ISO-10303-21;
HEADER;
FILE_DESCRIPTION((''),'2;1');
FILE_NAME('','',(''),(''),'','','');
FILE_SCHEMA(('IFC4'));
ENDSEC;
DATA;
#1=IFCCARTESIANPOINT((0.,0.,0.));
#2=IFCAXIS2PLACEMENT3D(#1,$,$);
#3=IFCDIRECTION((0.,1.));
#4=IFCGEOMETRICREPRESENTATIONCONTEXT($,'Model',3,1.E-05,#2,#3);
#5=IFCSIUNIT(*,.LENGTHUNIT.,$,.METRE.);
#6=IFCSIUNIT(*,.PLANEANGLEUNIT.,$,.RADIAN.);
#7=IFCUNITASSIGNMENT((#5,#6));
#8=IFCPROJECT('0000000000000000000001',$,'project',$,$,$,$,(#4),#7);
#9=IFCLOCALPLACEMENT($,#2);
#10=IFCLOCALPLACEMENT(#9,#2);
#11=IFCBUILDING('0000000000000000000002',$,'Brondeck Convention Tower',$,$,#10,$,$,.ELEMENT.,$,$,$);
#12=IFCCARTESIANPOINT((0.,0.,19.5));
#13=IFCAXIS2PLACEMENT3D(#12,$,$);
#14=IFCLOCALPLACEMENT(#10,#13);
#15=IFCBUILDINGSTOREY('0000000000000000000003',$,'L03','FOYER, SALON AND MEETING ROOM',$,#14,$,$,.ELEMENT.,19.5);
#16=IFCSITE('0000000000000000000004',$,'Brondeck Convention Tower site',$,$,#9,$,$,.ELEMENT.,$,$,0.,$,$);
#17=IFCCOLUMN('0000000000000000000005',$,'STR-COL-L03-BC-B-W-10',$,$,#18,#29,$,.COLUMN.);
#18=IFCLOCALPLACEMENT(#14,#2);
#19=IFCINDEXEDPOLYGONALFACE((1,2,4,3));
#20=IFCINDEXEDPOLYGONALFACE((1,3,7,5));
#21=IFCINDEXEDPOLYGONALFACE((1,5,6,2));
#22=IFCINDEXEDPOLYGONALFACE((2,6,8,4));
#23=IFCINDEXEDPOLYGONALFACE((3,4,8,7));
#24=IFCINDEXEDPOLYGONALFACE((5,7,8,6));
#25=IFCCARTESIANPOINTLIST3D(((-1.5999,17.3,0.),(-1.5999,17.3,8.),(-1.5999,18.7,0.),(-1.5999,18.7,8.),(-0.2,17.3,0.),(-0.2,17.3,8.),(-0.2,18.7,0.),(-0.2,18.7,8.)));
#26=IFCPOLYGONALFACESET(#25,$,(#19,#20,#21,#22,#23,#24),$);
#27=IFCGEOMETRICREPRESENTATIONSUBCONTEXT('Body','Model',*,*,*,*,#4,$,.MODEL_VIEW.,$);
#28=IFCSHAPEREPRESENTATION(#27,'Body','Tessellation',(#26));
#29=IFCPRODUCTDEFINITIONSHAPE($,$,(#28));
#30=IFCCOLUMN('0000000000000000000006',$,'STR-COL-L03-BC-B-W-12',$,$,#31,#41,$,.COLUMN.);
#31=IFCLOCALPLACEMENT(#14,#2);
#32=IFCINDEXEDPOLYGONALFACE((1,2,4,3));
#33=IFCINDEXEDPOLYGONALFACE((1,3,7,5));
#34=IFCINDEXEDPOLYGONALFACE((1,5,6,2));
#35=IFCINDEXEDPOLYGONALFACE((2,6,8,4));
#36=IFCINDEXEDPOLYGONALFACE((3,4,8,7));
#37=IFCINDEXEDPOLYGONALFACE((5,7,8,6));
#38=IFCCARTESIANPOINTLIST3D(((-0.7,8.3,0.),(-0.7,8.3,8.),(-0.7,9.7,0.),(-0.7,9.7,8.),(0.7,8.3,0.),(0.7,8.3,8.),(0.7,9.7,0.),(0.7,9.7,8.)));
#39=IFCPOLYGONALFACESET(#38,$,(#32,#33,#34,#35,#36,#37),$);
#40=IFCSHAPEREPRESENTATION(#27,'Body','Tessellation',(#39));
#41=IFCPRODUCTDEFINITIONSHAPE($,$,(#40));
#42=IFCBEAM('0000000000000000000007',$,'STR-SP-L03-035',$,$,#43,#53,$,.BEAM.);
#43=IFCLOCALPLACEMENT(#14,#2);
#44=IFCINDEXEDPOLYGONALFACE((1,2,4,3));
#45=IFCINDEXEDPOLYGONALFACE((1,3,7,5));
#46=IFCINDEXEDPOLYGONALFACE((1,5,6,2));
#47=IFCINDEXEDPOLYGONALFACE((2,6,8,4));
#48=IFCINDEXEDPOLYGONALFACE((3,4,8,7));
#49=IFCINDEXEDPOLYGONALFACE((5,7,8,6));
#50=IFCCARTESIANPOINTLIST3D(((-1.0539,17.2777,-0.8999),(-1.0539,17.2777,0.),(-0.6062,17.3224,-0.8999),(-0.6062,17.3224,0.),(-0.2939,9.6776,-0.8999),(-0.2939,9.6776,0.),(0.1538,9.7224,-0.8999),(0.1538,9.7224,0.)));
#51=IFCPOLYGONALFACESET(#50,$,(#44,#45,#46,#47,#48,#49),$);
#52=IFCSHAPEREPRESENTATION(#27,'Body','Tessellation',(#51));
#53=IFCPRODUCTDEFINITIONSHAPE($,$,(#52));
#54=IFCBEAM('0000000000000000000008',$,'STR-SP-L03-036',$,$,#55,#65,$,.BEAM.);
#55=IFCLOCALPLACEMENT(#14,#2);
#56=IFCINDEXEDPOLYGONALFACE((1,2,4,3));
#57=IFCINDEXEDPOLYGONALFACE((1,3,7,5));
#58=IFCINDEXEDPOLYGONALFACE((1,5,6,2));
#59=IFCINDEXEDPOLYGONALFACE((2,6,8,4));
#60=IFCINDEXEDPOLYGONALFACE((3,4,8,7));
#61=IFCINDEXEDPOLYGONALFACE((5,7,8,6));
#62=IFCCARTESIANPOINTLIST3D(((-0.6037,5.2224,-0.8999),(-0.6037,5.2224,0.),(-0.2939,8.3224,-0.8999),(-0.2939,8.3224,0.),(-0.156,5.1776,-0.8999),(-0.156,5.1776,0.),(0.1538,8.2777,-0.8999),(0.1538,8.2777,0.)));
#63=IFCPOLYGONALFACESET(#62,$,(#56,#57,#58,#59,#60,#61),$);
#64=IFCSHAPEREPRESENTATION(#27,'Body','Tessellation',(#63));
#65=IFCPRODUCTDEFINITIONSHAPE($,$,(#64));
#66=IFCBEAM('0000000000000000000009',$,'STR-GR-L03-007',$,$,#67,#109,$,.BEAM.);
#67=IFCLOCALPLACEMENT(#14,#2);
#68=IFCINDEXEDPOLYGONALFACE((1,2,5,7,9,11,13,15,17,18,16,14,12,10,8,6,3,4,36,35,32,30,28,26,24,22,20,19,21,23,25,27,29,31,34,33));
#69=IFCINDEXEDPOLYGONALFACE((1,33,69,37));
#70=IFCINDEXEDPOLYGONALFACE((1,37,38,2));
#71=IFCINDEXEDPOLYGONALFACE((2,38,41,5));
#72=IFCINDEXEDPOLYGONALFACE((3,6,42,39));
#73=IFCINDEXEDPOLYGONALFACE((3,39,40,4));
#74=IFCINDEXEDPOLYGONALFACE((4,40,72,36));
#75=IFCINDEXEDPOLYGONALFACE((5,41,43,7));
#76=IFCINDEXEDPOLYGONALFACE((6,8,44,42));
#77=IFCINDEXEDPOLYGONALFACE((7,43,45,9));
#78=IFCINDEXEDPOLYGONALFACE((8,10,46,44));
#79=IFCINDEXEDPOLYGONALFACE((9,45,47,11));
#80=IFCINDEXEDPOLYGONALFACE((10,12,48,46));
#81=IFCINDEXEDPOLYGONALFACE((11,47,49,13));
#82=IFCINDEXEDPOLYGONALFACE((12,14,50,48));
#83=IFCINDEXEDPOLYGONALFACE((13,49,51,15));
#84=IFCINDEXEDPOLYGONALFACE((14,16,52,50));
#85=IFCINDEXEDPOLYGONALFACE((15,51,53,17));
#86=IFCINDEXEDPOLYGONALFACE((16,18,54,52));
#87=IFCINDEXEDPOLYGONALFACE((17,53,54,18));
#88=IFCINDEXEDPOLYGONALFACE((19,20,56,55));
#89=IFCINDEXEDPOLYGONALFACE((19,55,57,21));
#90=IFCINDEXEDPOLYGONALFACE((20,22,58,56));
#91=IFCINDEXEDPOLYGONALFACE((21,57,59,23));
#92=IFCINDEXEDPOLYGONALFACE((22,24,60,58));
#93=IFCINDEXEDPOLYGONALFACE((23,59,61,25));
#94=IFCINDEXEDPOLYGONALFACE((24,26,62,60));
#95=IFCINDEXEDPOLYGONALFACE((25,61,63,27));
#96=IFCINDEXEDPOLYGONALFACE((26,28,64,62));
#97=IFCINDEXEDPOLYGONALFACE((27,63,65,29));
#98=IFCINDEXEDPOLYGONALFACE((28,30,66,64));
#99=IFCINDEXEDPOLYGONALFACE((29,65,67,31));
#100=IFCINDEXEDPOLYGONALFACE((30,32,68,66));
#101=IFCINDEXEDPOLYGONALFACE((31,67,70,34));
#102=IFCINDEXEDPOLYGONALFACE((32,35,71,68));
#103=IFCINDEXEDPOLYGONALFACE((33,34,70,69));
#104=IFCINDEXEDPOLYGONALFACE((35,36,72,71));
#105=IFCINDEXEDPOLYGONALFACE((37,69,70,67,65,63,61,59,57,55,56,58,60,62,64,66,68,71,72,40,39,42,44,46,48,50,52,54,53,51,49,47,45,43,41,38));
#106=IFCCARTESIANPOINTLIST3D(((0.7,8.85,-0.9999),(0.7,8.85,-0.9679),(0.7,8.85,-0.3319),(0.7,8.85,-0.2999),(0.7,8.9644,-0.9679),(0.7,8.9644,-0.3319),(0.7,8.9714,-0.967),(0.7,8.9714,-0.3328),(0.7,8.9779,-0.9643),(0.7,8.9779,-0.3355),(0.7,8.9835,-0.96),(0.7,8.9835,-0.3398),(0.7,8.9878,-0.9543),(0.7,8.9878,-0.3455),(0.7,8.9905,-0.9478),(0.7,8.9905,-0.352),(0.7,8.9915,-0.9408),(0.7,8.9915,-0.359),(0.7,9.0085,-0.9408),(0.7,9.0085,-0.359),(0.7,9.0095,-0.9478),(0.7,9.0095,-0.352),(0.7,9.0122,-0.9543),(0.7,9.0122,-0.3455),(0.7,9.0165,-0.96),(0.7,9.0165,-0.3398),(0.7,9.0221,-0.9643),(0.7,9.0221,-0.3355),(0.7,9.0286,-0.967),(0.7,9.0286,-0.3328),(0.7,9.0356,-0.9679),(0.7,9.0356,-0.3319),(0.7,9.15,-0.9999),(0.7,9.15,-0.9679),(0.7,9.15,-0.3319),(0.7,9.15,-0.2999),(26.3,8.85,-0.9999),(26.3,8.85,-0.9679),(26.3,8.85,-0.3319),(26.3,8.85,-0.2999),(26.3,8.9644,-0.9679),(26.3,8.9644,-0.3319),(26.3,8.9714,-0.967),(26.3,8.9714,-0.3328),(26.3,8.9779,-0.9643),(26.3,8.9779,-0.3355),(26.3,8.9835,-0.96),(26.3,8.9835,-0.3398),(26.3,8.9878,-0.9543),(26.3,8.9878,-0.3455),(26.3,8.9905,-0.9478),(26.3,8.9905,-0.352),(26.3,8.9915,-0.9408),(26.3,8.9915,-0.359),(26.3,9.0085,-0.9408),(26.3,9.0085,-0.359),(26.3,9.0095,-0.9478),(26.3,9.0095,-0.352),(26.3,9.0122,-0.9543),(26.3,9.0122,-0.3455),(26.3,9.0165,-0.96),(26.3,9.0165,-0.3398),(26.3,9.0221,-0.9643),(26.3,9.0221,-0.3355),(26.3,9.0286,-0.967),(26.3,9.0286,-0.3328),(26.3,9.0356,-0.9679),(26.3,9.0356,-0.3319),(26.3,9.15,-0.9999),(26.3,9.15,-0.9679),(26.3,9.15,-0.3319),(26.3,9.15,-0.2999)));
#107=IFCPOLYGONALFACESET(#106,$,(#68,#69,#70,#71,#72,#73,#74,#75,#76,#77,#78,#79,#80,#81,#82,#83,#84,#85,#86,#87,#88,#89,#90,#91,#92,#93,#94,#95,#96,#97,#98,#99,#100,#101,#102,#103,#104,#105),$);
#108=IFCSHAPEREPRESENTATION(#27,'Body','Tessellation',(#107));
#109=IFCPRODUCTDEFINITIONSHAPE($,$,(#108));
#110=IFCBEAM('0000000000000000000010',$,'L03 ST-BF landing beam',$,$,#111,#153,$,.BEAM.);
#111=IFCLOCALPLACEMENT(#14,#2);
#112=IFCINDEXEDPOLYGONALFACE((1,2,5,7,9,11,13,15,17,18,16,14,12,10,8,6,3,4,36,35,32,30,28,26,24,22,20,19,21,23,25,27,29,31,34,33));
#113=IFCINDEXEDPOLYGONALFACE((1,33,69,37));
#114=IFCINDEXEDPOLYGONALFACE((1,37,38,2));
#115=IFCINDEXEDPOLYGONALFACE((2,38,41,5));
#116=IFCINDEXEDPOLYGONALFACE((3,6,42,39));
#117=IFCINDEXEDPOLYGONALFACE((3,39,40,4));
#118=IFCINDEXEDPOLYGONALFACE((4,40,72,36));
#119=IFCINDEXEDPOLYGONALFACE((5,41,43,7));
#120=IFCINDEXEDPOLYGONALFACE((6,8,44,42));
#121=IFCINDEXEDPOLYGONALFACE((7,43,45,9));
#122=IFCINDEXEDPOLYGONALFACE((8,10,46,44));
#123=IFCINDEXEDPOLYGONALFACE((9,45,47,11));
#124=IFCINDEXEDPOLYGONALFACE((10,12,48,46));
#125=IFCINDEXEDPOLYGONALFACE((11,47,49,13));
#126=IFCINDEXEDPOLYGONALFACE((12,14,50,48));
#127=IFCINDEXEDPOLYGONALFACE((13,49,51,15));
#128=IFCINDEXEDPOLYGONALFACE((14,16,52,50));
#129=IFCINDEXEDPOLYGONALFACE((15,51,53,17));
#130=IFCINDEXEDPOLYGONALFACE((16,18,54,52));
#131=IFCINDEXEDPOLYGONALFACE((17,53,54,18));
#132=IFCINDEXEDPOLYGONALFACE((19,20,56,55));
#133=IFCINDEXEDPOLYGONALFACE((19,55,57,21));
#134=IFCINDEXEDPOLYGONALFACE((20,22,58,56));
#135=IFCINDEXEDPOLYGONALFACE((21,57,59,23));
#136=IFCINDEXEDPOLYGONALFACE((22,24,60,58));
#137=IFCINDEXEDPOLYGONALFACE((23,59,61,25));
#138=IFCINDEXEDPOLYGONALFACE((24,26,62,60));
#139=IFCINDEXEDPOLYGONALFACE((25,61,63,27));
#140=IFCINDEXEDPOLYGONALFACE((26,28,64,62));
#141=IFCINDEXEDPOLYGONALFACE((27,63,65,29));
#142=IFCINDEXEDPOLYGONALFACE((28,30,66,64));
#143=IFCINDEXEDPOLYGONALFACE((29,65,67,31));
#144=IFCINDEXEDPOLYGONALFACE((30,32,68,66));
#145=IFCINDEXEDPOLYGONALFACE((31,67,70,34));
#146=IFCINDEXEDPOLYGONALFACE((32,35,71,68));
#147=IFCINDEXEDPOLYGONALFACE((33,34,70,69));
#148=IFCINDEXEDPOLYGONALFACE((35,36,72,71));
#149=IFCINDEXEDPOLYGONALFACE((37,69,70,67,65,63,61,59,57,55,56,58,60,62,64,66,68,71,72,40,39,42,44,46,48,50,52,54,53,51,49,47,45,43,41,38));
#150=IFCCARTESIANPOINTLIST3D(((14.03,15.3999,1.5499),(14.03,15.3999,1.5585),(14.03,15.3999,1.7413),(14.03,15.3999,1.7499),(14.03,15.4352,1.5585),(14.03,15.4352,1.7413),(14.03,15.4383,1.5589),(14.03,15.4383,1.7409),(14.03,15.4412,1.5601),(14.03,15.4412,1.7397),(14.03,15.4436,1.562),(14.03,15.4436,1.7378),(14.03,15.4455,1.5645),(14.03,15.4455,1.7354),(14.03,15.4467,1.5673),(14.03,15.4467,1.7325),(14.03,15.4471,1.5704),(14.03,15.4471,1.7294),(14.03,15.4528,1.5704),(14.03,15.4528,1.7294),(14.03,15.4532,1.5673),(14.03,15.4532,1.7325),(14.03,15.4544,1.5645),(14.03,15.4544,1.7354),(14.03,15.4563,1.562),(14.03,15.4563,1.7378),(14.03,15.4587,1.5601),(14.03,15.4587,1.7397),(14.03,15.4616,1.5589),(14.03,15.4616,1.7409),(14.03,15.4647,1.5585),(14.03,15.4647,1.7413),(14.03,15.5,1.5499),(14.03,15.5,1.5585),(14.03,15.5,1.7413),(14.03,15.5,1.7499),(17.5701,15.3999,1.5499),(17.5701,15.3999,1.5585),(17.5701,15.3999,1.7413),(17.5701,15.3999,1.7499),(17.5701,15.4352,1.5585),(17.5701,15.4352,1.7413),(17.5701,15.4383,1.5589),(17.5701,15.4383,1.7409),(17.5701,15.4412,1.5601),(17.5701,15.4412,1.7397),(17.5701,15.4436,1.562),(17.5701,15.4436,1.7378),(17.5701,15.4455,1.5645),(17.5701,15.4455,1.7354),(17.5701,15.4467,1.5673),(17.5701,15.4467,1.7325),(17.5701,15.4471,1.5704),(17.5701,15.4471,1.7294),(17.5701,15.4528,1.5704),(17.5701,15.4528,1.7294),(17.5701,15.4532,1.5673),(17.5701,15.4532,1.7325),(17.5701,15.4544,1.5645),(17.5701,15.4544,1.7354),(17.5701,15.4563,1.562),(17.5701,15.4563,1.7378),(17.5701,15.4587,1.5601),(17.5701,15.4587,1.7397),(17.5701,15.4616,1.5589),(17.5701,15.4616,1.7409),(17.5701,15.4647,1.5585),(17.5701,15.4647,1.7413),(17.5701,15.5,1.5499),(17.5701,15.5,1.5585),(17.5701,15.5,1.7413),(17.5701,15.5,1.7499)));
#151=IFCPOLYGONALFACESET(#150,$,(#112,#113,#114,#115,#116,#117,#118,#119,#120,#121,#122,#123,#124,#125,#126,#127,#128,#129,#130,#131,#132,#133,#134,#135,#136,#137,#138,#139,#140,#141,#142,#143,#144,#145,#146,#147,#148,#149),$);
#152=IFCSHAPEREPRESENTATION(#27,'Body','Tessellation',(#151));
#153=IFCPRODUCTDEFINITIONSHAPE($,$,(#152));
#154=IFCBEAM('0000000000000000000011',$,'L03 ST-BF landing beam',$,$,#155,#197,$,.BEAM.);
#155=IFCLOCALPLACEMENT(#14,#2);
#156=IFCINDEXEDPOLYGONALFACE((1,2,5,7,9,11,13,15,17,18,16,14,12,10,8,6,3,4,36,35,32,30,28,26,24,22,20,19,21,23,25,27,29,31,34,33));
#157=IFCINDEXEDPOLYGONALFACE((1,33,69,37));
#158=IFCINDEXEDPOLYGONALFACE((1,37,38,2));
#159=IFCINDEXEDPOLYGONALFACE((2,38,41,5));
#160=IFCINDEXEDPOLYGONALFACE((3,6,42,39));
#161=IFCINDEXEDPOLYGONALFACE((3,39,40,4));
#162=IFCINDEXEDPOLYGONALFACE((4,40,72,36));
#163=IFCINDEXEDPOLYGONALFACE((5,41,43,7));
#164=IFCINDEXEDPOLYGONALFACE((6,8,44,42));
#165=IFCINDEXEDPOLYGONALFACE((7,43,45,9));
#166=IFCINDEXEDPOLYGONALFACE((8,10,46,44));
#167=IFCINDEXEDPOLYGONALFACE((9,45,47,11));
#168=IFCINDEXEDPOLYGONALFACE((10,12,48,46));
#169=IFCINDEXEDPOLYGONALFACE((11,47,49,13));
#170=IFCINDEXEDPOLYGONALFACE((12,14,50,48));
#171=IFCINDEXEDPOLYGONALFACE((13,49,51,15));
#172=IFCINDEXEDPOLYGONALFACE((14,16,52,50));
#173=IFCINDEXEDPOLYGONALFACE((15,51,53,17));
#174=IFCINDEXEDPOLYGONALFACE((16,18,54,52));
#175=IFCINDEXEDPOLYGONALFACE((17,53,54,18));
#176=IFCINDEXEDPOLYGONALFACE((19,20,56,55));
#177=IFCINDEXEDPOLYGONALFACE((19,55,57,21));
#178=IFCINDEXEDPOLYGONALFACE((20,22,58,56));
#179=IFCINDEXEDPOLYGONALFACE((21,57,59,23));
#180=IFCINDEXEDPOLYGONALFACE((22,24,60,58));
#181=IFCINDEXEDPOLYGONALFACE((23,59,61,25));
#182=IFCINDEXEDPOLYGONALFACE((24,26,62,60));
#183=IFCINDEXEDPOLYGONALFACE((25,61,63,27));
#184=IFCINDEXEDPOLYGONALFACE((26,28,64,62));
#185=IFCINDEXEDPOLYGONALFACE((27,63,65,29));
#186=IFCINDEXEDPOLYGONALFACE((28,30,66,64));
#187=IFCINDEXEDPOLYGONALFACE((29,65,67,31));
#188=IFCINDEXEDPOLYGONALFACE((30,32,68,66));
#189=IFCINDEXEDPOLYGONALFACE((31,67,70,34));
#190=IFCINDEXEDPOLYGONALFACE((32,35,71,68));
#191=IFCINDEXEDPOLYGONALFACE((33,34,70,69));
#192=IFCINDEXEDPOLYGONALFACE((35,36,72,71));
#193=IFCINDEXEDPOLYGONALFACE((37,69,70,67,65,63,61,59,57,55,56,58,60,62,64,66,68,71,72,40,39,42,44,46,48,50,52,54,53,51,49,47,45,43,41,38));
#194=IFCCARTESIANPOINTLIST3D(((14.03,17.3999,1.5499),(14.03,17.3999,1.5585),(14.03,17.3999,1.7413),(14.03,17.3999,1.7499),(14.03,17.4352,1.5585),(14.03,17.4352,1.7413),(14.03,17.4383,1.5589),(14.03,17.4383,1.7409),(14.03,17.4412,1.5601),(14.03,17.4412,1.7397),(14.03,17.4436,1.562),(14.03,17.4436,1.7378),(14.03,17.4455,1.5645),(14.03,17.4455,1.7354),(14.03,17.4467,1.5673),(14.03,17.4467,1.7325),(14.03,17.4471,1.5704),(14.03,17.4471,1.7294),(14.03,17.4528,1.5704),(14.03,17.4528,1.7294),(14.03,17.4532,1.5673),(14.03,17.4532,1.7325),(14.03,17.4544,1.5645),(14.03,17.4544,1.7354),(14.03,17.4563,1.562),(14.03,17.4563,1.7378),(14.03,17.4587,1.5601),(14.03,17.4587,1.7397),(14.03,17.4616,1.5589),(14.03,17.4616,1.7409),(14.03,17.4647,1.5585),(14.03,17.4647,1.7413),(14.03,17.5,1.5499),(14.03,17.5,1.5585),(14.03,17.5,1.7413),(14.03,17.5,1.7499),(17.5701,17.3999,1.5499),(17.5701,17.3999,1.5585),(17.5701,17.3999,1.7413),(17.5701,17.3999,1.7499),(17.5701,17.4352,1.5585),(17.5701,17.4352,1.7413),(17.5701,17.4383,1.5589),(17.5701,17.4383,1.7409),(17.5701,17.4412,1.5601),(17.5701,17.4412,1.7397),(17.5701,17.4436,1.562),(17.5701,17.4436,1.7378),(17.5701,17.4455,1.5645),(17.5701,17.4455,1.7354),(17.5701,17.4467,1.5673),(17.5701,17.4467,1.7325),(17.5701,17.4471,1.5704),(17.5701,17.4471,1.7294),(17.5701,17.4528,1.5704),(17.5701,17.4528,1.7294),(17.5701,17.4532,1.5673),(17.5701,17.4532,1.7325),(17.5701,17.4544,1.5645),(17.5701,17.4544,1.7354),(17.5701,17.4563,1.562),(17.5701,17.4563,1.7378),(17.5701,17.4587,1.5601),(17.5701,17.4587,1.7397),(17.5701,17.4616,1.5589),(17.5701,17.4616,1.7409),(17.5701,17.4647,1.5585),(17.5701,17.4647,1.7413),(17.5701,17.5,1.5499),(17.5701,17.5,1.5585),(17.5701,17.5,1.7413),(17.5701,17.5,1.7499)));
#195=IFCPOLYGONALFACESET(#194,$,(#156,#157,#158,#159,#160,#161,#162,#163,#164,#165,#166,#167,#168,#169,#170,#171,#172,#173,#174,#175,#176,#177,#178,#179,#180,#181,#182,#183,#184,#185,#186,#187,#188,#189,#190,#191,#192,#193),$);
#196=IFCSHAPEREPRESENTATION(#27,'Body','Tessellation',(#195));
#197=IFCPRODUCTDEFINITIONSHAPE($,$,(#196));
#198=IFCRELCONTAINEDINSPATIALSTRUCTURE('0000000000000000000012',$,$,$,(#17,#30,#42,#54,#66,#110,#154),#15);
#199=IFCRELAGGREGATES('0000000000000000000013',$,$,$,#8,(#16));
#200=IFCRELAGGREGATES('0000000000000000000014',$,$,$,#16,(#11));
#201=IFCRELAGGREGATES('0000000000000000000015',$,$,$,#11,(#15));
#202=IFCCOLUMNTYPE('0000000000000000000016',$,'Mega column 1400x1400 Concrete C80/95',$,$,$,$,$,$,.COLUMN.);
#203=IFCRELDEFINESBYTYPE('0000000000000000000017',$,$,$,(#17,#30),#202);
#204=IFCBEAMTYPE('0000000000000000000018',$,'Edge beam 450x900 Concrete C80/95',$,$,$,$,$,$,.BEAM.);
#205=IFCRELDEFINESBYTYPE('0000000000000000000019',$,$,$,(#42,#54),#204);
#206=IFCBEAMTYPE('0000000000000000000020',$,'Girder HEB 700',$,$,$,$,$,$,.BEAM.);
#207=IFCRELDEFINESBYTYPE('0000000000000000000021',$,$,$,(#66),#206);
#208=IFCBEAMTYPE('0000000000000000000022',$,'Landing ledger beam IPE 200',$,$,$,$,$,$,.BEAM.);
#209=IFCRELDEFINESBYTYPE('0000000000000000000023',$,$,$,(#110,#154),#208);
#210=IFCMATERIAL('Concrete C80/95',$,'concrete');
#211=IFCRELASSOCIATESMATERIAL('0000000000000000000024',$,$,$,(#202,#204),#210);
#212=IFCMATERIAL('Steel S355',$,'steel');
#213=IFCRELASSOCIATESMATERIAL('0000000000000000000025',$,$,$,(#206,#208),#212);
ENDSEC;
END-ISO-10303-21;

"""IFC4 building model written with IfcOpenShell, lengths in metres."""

from ifc_helpers import new_model, si_unit, direction, frame, origin, origin_2d, place, context, subcontext, project, spatial, rectangle, i_section, extrude, material, material_profile, profile_set, type_object, element, save


model = new_model("IFC4")

# Units and contexts
model_context = context("Model", 3, precision=1e-05, world=origin(), true_north=direction((0.0, 1.0)))
body_context = subcontext(model_context, "Body", "Model", "MODEL_VIEW")
ifc_project = project(units=[si_unit("LENGTHUNIT", "METRE"), si_unit("PLANEANGLEUNIT", "RADIAN")], contexts=[model_context])

# Site, building, storey
site_placement = place(None, origin())
site = spatial("IfcSite", under=ifc_project, at=site_placement, Name="Brondeck Convention Tower site", CompositionType="ELEMENT", RefElevation=0.0)
building_placement = place(site_placement, origin())
building = spatial("IfcBuilding", under=site, at=building_placement, Name="Brondeck Convention Tower", CompositionType="ELEMENT")
storey_placement = place(building_placement, frame((0.0, 0.0, 19.5)))
storey = spatial("IfcBuildingStorey", under=building, at=storey_placement, Name="L03", Description="FOYER, SALON AND MEETING ROOM", CompositionType="ELEMENT", Elevation=19.5)

# Columns
ifc_material_1 = material(Name="Concrete C80/95", Category="concrete")
ifc_material_profile_1 = material_profile(ifc_material_1, rectangle(XDim=1.3999, YDim=1.3999, at=origin_2d()), Name="Mega column 1400x1400 Concrete C80/95")
ifc_profile_set_1 = profile_set([ifc_material_profile_1], Name="Concrete C80/95")
column_type = type_object("IfcColumnType", Name="Mega column 1400x1400 Concrete C80/95", PredefinedType="COLUMN", material=ifc_profile_set_1)
for number, where, z_axis, x_axis, name in (
    (1, (-0.8999, 18.0, 0.0), (0.0, 0.0, 1.0), (1.0, 0.0, 0.0), "STR-COL-L03-BC-B-W-10"),
    (2, (0.0, 9.0, 0.0), (0.0, 0.0, 1.0), (1.0, 0.0, 0.0), "STR-COL-L03-BC-B-W-12"),
):
    element("IfcColumn", number, at=place(storey_placement, frame(where, z_axis=z_axis, x_axis=x_axis)), inside=storey, type_object=column_type, Name=name, PredefinedType="COLUMN", context=body_context, shape_type="SweptSolid", body=[
        extrude(rectangle(XDim=1.3999, YDim=1.3999, at=origin_2d()), origin(), (0.0, 0.0, 1.0), 8.0),
    ])

# Beams
ifc_material_profile_2 = material_profile(ifc_material_1, rectangle(XDim=0.45, YDim=0.8999, at=origin_2d()), Name="Edge beam 450x900 Concrete C80/95")
ifc_profile_set_2 = profile_set([ifc_material_profile_2], Name="Concrete C80/95")
beam_type_1 = type_object("IfcBeamType", Name="Edge beam 450x900 Concrete C80/95", PredefinedType="BEAM", material=ifc_profile_set_2)
beam_1_placement = place(storey_placement, frame((-0.8301, 17.3, -0.45), z_axis=(0.099504, -0.995037, 0.0), x_axis=(0.995037, 0.099504, 0.0)))
element("IfcBeam", 3, at=beam_1_placement, inside=storey, type_object=beam_type_1, Name="STR-SP-L03-035", PredefinedType="BEAM", context=body_context, shape_type="SweptSolid", body=[
    extrude(rectangle(XDim=0.45, YDim=0.8999, at=origin_2d()), origin(), (0.0, 0.0, 1.0), 7.6379),
])
beam_2_placement = place(storey_placement, frame((-0.0701, 8.3, -0.45), z_axis=(-0.099442, -0.995043, 0.0), x_axis=(0.995043, -0.099442, 0.0)))
element("IfcBeam", 4, at=beam_2_placement, inside=storey, type_object=beam_type_1, Name="STR-SP-L03-036", PredefinedType="BEAM", context=body_context, shape_type="SweptSolid", body=[
    extrude(rectangle(XDim=0.45, YDim=0.8999, at=origin_2d()), origin(), (0.0, 0.0, 1.0), 3.1155),
])
ifc_material_2 = material(Name="Steel S355", Category="steel")
ifc_material_profile_3 = material_profile(ifc_material_2, i_section(OverallWidth=0.3, OverallDepth=0.7, WebThickness=0.0171, FlangeThickness=0.032, FilletRadius=0.0271, at=origin_2d()), Name="HEB 700")
ifc_profile_set_3 = profile_set([ifc_material_profile_3], Name="Steel S355")
beam_type_2 = type_object("IfcBeamType", Name="Girder HEB 700", PredefinedType="BEAM", material=ifc_profile_set_3)
beam_3_placement = place(storey_placement, frame((0.7, 9.0, -0.6499), z_axis=(1.0, 0.0, 0.0), x_axis=(0.0, 1.0, 0.0)))
element("IfcBeam", 5, at=beam_3_placement, inside=storey, type_object=beam_type_2, Name="STR-GR-L03-007", PredefinedType="BEAM", context=body_context, shape_type="SweptSolid", body=[
    extrude(i_section(OverallWidth=0.3, OverallDepth=0.7, WebThickness=0.0171, FlangeThickness=0.032, FilletRadius=0.0271, at=origin_2d()), origin(), (0.0, 0.0, 1.0), 25.6001),
])
ifc_material_profile_4 = material_profile(ifc_material_2, i_section(OverallWidth=0.1001, OverallDepth=0.2, WebThickness=0.0056, FlangeThickness=0.0085, FilletRadius=0.012, at=origin_2d()), Name="IPE200")
ifc_profile_set_4 = profile_set([ifc_material_profile_4], Name="Steel S355")
beam_type_3 = type_object("IfcBeamType", Name="Landing ledger beam IPE 200", PredefinedType="BEAM", material=ifc_profile_set_4)
for number, where, z_axis, x_axis, name in (
    (6, (17.5701, 15.45, 1.6499), (-1.0, 0.0, 0.0), (0.0, -1.0, 0.0), "L03 ST-BF landing beam"),
    (7, (17.5701, 17.45, 1.6499), (-1.0, 0.0, 0.0), (0.0, -1.0, 0.0), "L03 ST-BF landing beam"),
):
    element("IfcBeam", number, at=place(storey_placement, frame(where, z_axis=z_axis, x_axis=x_axis)), inside=storey, type_object=beam_type_3, Name=name, PredefinedType="BEAM", context=body_context, shape_type="SweptSolid", body=[
        extrude(i_section(OverallWidth=0.1001, OverallDepth=0.2, WebThickness=0.0056, FlangeThickness=0.0085, FilletRadius=0.012, at=origin_2d()), origin(), (0.0, 0.0, 1.0), 3.54),
    ])

save(model, "model.ifc")
